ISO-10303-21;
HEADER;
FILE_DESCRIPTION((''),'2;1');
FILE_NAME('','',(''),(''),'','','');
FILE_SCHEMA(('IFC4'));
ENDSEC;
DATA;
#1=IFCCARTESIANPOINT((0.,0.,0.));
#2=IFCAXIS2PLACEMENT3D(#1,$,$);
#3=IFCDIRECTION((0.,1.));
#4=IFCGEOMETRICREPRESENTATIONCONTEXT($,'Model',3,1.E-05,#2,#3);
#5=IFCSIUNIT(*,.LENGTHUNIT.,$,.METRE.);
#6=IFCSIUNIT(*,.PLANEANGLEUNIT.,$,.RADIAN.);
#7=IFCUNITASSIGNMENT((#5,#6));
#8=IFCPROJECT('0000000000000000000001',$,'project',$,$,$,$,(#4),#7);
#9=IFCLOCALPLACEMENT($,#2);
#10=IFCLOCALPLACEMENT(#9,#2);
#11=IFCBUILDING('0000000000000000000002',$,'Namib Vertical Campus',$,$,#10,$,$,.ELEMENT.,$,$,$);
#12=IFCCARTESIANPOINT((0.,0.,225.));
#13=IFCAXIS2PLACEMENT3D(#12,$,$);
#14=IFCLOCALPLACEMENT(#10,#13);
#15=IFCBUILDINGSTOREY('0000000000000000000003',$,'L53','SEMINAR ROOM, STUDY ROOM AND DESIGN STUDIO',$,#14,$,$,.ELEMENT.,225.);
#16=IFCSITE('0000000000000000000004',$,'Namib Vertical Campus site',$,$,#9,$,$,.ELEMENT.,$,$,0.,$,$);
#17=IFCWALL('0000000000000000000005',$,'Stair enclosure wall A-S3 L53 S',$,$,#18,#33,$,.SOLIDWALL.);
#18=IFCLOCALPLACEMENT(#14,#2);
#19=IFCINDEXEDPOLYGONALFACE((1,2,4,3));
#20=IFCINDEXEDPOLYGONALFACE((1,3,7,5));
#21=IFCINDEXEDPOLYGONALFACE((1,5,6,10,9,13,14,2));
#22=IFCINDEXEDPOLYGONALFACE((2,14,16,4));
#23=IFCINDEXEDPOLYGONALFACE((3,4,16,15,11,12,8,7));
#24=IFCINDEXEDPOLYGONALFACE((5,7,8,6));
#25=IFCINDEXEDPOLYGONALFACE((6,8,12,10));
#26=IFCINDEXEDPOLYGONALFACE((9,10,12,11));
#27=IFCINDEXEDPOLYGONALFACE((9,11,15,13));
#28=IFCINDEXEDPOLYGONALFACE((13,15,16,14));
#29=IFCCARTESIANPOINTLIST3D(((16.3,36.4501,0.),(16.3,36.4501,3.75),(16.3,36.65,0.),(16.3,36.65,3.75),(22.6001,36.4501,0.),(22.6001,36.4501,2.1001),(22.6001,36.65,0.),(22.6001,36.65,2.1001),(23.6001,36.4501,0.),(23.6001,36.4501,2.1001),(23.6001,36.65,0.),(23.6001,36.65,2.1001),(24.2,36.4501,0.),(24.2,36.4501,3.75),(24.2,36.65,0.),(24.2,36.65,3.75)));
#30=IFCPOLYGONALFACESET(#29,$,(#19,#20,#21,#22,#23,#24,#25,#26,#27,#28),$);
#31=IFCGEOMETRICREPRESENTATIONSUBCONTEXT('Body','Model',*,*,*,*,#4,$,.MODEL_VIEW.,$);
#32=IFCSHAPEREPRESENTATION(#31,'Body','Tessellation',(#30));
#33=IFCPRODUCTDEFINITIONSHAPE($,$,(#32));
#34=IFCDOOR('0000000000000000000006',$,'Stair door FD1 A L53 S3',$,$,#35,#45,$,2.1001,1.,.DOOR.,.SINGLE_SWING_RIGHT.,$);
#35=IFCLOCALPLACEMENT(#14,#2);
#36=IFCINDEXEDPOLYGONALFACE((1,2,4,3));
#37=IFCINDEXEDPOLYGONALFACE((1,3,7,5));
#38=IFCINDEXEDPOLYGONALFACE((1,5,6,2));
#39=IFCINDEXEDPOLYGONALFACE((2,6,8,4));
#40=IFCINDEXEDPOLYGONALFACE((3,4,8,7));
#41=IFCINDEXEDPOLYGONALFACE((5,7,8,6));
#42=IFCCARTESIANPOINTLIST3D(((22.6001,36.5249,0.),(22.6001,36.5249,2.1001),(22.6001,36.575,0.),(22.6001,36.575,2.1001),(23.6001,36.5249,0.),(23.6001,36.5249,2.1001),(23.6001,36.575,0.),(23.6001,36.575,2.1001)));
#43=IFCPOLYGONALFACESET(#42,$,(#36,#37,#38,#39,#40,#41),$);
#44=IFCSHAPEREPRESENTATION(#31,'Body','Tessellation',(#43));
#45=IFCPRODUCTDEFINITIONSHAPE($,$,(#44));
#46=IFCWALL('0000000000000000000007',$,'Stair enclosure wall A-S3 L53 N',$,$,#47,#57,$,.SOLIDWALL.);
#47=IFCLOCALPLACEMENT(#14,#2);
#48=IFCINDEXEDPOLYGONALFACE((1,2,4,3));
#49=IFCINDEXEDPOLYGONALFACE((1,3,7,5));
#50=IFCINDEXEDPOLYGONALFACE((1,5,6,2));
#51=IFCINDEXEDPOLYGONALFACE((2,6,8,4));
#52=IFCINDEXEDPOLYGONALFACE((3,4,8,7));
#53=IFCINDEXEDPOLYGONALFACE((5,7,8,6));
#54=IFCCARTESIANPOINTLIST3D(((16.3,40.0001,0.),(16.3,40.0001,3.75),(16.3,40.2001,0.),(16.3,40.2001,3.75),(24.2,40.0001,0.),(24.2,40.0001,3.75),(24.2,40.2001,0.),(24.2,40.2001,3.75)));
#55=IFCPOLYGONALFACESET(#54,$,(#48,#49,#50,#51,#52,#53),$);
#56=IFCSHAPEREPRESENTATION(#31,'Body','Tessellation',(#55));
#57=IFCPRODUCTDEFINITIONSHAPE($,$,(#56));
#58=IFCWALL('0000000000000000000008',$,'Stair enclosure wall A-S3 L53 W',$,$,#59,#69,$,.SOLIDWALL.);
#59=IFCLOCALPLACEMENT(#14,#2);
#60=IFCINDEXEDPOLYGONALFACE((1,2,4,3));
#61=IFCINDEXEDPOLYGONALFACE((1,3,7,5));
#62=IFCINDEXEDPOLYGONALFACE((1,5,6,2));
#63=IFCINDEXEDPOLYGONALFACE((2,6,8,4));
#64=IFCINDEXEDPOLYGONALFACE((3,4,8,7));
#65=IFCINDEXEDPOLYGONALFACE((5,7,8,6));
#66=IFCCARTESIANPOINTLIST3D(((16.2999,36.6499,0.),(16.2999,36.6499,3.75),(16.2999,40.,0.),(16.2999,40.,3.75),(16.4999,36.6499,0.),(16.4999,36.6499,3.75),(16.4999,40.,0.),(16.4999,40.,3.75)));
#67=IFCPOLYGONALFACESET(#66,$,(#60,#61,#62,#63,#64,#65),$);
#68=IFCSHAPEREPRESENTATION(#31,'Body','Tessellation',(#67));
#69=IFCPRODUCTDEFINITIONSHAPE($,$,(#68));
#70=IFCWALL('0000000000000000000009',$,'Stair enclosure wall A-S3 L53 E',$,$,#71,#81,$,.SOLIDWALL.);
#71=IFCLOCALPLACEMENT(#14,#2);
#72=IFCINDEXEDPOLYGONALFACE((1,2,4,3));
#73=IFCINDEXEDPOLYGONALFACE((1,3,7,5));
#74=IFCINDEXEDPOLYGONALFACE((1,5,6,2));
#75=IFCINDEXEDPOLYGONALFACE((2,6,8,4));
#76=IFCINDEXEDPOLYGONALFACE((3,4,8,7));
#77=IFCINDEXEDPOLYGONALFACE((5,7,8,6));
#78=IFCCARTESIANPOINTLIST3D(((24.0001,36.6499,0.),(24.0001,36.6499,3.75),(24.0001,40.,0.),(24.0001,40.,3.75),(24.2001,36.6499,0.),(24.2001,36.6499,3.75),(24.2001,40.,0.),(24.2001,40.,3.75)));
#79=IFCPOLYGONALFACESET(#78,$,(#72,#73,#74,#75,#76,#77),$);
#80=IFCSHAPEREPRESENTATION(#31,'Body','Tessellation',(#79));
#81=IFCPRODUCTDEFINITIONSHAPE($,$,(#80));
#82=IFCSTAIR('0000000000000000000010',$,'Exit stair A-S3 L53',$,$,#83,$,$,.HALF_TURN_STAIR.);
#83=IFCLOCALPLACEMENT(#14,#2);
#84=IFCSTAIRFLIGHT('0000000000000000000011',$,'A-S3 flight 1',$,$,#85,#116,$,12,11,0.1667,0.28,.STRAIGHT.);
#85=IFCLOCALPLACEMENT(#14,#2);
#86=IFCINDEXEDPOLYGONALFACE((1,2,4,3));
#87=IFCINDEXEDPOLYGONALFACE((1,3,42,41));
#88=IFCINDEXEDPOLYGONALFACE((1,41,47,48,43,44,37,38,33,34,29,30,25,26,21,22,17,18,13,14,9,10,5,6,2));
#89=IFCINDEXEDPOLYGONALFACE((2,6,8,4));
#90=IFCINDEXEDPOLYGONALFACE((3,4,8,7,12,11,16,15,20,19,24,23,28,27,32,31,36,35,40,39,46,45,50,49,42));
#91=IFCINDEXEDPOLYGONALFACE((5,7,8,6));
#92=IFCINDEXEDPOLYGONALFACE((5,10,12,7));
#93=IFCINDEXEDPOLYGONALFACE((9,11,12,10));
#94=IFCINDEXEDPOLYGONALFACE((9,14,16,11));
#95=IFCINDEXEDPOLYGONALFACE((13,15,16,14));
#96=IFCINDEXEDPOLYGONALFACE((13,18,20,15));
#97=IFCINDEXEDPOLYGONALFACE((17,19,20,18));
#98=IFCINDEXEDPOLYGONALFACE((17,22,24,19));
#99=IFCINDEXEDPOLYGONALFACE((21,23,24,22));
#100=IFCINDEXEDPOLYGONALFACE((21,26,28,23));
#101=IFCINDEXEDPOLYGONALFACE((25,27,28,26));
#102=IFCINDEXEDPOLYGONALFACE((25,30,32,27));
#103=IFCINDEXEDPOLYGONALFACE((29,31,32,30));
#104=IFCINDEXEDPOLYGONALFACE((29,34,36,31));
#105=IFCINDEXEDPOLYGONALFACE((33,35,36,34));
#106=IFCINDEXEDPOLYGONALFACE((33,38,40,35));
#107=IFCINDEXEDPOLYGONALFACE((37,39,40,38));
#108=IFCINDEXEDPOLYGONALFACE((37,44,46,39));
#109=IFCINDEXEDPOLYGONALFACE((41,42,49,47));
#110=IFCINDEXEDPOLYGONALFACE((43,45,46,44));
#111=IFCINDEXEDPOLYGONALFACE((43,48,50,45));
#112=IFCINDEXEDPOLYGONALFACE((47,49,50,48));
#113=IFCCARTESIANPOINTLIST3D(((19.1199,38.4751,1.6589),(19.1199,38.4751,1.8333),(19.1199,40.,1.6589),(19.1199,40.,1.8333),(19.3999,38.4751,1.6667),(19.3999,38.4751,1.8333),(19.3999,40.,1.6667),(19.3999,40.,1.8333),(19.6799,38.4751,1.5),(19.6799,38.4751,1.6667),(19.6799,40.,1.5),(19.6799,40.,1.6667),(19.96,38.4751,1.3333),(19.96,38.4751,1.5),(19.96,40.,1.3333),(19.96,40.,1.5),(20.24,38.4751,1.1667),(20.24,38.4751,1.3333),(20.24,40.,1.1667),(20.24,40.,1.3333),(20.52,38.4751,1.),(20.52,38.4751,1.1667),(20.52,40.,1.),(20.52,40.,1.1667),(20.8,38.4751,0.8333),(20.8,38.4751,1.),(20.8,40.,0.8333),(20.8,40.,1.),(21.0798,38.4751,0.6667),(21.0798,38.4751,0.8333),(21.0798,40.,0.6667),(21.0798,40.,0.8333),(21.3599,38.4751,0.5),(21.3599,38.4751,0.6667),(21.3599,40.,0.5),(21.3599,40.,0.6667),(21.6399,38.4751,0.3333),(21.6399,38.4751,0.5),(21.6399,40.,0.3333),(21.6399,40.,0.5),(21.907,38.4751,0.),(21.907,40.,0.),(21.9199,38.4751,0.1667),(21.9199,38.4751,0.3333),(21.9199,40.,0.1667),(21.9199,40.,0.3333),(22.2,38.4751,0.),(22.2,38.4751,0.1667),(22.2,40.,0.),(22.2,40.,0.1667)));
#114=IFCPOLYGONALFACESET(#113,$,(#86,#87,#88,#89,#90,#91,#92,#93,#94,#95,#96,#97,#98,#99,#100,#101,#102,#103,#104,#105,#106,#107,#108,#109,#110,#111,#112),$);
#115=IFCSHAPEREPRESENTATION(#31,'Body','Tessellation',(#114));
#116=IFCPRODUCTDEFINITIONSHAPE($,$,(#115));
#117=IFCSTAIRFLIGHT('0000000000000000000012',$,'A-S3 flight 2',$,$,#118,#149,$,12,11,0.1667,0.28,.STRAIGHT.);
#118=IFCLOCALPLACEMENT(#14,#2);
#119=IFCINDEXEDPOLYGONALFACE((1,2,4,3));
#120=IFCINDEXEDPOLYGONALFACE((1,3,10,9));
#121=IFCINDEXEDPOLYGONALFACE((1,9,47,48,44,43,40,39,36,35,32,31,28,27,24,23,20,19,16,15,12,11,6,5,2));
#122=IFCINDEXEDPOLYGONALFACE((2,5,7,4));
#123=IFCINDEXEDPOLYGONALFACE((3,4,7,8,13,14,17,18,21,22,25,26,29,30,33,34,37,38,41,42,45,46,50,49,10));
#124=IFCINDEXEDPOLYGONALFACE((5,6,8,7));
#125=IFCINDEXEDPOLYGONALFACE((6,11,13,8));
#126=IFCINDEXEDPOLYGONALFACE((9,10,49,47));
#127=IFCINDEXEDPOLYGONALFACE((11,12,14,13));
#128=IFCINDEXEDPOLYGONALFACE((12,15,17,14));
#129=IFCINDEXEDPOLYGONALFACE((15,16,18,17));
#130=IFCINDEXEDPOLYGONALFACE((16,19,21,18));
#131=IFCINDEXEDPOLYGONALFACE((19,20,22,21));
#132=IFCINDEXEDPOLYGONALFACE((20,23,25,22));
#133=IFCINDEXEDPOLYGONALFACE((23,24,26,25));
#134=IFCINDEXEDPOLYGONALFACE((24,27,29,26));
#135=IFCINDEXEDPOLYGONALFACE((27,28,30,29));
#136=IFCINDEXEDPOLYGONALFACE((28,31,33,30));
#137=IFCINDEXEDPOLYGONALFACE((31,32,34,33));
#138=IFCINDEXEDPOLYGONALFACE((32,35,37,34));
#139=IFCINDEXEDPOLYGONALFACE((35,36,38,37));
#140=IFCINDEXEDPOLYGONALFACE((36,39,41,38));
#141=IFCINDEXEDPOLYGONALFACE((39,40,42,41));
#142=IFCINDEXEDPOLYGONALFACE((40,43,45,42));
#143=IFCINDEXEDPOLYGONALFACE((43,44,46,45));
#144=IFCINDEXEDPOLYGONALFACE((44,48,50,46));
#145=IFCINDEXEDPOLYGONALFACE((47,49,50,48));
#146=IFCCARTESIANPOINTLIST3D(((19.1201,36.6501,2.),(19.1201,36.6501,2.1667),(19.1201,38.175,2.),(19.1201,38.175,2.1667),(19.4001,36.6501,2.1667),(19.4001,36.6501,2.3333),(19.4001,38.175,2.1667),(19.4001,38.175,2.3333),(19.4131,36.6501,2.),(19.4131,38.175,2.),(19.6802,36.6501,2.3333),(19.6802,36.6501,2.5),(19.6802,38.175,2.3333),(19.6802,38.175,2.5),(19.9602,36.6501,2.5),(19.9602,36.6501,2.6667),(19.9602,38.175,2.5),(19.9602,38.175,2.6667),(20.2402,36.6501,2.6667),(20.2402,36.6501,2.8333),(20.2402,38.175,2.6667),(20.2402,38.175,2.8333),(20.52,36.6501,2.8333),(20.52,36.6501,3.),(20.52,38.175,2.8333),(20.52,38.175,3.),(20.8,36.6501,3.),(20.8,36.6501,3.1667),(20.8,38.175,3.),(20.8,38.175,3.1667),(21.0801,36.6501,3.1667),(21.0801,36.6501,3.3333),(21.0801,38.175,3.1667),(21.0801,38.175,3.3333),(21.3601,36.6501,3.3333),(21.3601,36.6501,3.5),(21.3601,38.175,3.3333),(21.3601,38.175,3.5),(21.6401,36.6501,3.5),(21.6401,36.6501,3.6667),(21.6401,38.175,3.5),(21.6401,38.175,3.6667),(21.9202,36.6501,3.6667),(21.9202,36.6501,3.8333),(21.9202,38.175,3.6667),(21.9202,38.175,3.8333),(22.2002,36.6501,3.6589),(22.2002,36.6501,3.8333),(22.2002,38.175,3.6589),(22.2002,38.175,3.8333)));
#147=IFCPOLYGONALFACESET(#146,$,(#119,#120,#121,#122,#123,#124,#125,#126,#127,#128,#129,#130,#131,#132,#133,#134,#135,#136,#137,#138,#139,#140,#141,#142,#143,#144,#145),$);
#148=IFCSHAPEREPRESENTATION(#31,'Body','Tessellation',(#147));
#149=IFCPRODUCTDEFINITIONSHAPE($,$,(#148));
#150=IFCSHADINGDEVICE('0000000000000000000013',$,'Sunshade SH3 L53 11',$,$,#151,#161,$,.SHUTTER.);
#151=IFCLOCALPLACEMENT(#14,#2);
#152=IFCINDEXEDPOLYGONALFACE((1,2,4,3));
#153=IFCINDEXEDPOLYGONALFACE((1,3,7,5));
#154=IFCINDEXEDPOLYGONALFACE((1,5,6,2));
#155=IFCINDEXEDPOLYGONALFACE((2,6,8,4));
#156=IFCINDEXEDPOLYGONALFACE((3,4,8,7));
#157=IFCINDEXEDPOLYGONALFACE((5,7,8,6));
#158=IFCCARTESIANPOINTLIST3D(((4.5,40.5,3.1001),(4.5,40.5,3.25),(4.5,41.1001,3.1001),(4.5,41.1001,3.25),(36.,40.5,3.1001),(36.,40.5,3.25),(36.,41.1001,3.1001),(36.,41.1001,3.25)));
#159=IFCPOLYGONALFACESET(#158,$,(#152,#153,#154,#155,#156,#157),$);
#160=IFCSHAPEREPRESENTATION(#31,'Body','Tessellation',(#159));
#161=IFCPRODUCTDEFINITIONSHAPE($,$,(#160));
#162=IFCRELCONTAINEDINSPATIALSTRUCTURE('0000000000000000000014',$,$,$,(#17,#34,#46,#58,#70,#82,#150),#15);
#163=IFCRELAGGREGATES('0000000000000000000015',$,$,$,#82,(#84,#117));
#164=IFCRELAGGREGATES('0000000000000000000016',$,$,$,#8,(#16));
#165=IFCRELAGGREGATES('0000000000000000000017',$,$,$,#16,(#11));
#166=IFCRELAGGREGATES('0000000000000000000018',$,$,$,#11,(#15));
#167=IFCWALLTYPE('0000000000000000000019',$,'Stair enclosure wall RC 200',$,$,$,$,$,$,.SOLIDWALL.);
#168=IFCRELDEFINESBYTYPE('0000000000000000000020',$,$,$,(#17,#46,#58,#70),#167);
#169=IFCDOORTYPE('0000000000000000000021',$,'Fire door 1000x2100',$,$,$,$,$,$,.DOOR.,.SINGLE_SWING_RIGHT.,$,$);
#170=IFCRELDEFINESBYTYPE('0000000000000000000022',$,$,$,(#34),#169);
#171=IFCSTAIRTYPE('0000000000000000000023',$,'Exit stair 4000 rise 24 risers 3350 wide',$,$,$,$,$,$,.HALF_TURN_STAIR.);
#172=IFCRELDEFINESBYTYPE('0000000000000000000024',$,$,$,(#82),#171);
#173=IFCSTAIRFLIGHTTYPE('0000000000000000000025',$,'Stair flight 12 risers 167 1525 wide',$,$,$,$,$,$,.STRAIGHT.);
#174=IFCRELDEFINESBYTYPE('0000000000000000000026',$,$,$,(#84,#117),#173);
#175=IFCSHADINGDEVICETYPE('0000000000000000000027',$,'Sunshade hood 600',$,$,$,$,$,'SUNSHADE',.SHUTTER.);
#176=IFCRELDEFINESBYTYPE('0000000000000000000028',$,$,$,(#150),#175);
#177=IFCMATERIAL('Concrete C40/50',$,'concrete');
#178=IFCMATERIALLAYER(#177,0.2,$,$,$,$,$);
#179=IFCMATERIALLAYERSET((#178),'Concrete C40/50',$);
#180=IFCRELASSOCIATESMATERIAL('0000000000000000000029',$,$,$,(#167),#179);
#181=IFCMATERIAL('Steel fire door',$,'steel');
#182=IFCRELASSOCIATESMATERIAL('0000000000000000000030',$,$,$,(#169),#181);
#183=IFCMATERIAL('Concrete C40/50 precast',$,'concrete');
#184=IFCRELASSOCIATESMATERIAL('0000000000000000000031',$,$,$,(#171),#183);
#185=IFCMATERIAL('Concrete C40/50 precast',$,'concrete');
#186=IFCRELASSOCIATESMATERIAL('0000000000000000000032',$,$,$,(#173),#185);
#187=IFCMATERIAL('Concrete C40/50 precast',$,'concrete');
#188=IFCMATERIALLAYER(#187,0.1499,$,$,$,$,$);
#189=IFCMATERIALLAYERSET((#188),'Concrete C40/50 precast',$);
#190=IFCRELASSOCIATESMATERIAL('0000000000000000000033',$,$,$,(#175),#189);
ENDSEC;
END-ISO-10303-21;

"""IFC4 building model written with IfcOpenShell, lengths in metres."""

from ifc_helpers import new_model, si_unit, direction, frame, frame_2d, origin, origin_2d, place, context, subcontext, project, spatial, polyline, rectangle, outline, extrude, material, layer, layer_set, type_object, element, fill, aggregate, save


model = new_model("IFC4")

# Units and contexts
model_context = context("Model", 3, precision=1e-05, world=origin(), true_north=direction((0.0, 1.0)))
body_context = subcontext(model_context, "Body", "Model", "MODEL_VIEW")
ifc_project = project(units=[si_unit("LENGTHUNIT", "METRE"), si_unit("PLANEANGLEUNIT", "RADIAN")], contexts=[model_context])

# Site, building, storey
site_placement = place(None, origin())
site = spatial("IfcSite", under=ifc_project, at=site_placement, Name="Namib Vertical Campus site", CompositionType="ELEMENT", RefElevation=0.0)
building_placement = place(site_placement, origin())
building = spatial("IfcBuilding", under=site, at=building_placement, Name="Namib Vertical Campus", CompositionType="ELEMENT")
storey_placement = place(building_placement, frame((0.0, 0.0, 225.0)))
storey = spatial("IfcBuildingStorey", under=building, at=storey_placement, Name="L53", Description="SEMINAR ROOM, STUDY ROOM AND DESIGN STUDIO", CompositionType="ELEMENT", Elevation=225.0)

# Wall, opening, door
ifc_material_1 = material(Name="Concrete C40/50", Category="concrete")
ifc_layer_1 = layer(ifc_material_1, 0.2)
ifc_layer_set_1 = layer_set([ifc_layer_1], Name="Concrete C40/50")
wall_type_1 = type_object("IfcWallType", Name="Stair enclosure wall RC 200", PredefinedType="SOLIDWALL", material=ifc_layer_set_1)
wall_1_placement = place(storey_placement, frame((16.3, 36.55, 0.0), z_axis=(0.0, 0.0, 1.0), x_axis=(1.0, 0.0, 0.0)))
wall_1 = element("IfcWall", 1, at=wall_1_placement, inside=storey, type_object=wall_type_1, Name="Stair enclosure wall A-S3 L53 S", PredefinedType="SOLIDWALL", context=body_context, shape_type="SweptSolid", body=[
    extrude(rectangle(XDim=7.8999, YDim=0.2, at=frame_2d((3.95, 0.0))), origin(), (0.0, 0.0, 1.0), 3.75),
])
opening_placement = place(wall_1_placement, frame((6.3, 0.0, 0.0)))
opening = element("IfcOpeningElement", 2, at=opening_placement, cuts=wall_1, PredefinedType="OPENING", context=body_context, shape_type="SweptSolid", body=[
    extrude(rectangle(XDim=1.0, YDim=2.1001, at=frame_2d((0.5, 1.05))), frame((0.0, 0.1099, 0.0), z_axis=(0.0, -1.0, 0.0), x_axis=(1.0, 0.0, 0.0)), (0.0, 0.0, 1.0), 0.22),
])
ifc_material_2 = material(Name="Steel fire door", Category="steel")
door_type = type_object("IfcDoorType", Name="Fire door 1000x2100", OperationType="SINGLE_SWING_RIGHT", PredefinedType="DOOR", material=ifc_material_2)
door_placement = place(opening_placement, origin())
door = element("IfcDoor", 3, at=door_placement, inside=storey, type_object=door_type, Name="Stair door FD1 A L53 S3", OperationType="SINGLE_SWING_RIGHT", OverallHeight=2.1001, OverallWidth=1.0, PredefinedType="DOOR", context=body_context, shape_type="SweptSolid", body=[
    extrude(rectangle(XDim=1.0, YDim=2.1001, at=frame_2d((0.5, 1.05))), frame((0.0, 0.0249, 0.0), z_axis=(0.0, -1.0, 0.0), x_axis=(1.0, 0.0, 0.0)), (0.0, 0.0, 1.0), 0.05),
])
fill(opening, door)

# Walls
wall_2_placement = place(storey_placement, frame((16.3, 40.1001, 0.0), z_axis=(0.0, 0.0, 1.0), x_axis=(1.0, 0.0, 0.0)))
element("IfcWall", 4, at=wall_2_placement, inside=storey, type_object=wall_type_1, Name="Stair enclosure wall A-S3 L53 N", PredefinedType="SOLIDWALL", context=body_context, shape_type="SweptSolid", body=[
    extrude(rectangle(XDim=7.8999, YDim=0.2, at=frame_2d((3.95, 0.0))), origin(), (0.0, 0.0, 1.0), 3.75),
])
for number, where, z_axis, x_axis, name in (
    (5, (16.3999, 36.6499, 0.0), (0.0, 0.0, 1.0), (0.0, 1.0, 0.0), "Stair enclosure wall A-S3 L53 W"),
    (6, (24.1001, 36.6499, 0.0), (0.0, 0.0, 1.0), (0.0, 1.0, 0.0), "Stair enclosure wall A-S3 L53 E"),
):
    element("IfcWall", number, at=place(storey_placement, frame(where, z_axis=z_axis, x_axis=x_axis)), inside=storey, type_object=wall_type_1, Name=name, PredefinedType="SOLIDWALL", context=body_context, shape_type="SweptSolid", body=[
        extrude(rectangle(XDim=3.3501, YDim=0.2, at=frame_2d((1.675, 0.0))), origin(), (0.0, 0.0, 1.0), 3.75),
    ])

# Stair, stair flights
ifc_material_3 = material(Name="Concrete C40/50 precast", Category="concrete")
stair_type = type_object("IfcStairType", Name="Exit stair 4000 rise 24 risers 3350 wide", PredefinedType="HALF_TURN_STAIR", material=ifc_material_3)
stair_placement = place(storey_placement, origin())
stair = element("IfcStair", 7, at=stair_placement, inside=storey, type_object=stair_type, Name="Exit stair A-S3 L53", PredefinedType="HALF_TURN_STAIR")
ifc_material_4 = material(Name="Concrete C40/50 precast", Category="concrete")
stair_flight_type = type_object("IfcStairFlightType", Name="Stair flight 12 risers 167 1525 wide", PredefinedType="STRAIGHT", material=ifc_material_4)
stair_flight_1_placement = place(storey_placement, frame((22.2, 39.2375, 0.0), z_axis=(0.0, 0.0, 1.0), x_axis=(-1.0, 0.0, 0.0)))
stair_flight_1 = element("IfcStairFlight", 8, at=stair_flight_1_placement, type_object=stair_flight_type, Name="A-S3 flight 1", NumberOfRisers=12, NumberOfTreads=11, PredefinedType="STRAIGHT", RiserHeight=0.1667, TreadLength=0.28, context=body_context, shape_type="SweptSolid", body=[
    extrude(outline(polyline([(0.0, 0.0), (0.0, 0.1667), (0.28, 0.1667), (0.28, 0.3333), (0.5601, 0.3333), (0.5601, 0.5), (0.8401, 0.5), (0.8401, 0.6667), (1.1201, 0.6667), (1.1201, 0.8333), (1.3999, 0.8333), (1.3999, 1.0), (1.6799, 1.0), (1.6799, 1.1667), (1.96, 1.1667), (1.96, 1.3333), (2.24, 1.3333), (2.24, 1.5), (2.52, 1.5), (2.52, 1.6667), (2.8, 1.6667), (2.8, 1.8333), (3.0801, 1.8333), (3.0801, 2.0), (3.0801, 1.6589), (0.293, 0.0), (0.0, 0.0)])), frame((0.0, 0.7625, 0.0), z_axis=(0.0, -1.0, 0.0), x_axis=(1.0, 0.0, 0.0)), (0.0, 0.0, 1.0), 1.5249),
])
stair_flight_2_placement = place(storey_placement, frame((19.1201, 37.4126, 2.0), z_axis=(0.0, 0.0, 1.0), x_axis=(1.0, 0.0, 0.0)))
stair_flight_2 = element("IfcStairFlight", 9, at=stair_flight_2_placement, type_object=stair_flight_type, Name="A-S3 flight 2", NumberOfRisers=12, NumberOfTreads=11, PredefinedType="STRAIGHT", RiserHeight=0.1667, TreadLength=0.28, context=body_context, shape_type="SweptSolid", body=[
    extrude(outline(polyline([(0.0, 0.0), (0.0, 0.1667), (0.28, 0.1667), (0.28, 0.3333), (0.5601, 0.3333), (0.5601, 0.5), (0.8401, 0.5), (0.8401, 0.6667), (1.1201, 0.6667), (1.1201, 0.8333), (1.3999, 0.8333), (1.3999, 1.0), (1.6799, 1.0), (1.6799, 1.1667), (1.96, 1.1667), (1.96, 1.3333), (2.24, 1.3333), (2.24, 1.5), (2.52, 1.5), (2.52, 1.6667), (2.8, 1.6667), (2.8, 1.8333), (3.0801, 1.8333), (3.0801, 2.0), (3.0801, 1.6589), (0.293, 0.0), (0.0, 0.0)])), frame((0.0, 0.7625, 0.0), z_axis=(0.0, -1.0, 0.0), x_axis=(1.0, 0.0, 0.0)), (0.0, 0.0, 1.0), 1.5249),
])
aggregate(stair, [stair_flight_1, stair_flight_2])

# Shading device
ifc_material_5 = material(Name="Concrete C40/50 precast", Category="concrete")
ifc_layer_2 = layer(ifc_material_5, 0.1499)
ifc_layer_set_2 = layer_set([ifc_layer_2], Name="Concrete C40/50 precast")
shading_device_type = type_object("IfcShadingDeviceType", Name="Sunshade hood 600", ElementType="SUNSHADE", PredefinedType="SHUTTER", material=ifc_layer_set_2)
shading_device_placement = place(storey_placement, frame((20.25, 40.8, 3.1001), z_axis=(0.0, 0.0, 1.0), x_axis=(-1.0, 0.0, 0.0)))
element("IfcShadingDevice", 10, at=shading_device_placement, inside=storey, type_object=shading_device_type, Name="Sunshade SH3 L53 11", PredefinedType="SHUTTER", context=body_context, shape_type="SweptSolid", body=[
    extrude(rectangle(XDim=31.5, YDim=0.6001, at=origin_2d()), origin(), (0.0, 0.0, 1.0), 0.1499),
])

save(model, "model.ifc")
